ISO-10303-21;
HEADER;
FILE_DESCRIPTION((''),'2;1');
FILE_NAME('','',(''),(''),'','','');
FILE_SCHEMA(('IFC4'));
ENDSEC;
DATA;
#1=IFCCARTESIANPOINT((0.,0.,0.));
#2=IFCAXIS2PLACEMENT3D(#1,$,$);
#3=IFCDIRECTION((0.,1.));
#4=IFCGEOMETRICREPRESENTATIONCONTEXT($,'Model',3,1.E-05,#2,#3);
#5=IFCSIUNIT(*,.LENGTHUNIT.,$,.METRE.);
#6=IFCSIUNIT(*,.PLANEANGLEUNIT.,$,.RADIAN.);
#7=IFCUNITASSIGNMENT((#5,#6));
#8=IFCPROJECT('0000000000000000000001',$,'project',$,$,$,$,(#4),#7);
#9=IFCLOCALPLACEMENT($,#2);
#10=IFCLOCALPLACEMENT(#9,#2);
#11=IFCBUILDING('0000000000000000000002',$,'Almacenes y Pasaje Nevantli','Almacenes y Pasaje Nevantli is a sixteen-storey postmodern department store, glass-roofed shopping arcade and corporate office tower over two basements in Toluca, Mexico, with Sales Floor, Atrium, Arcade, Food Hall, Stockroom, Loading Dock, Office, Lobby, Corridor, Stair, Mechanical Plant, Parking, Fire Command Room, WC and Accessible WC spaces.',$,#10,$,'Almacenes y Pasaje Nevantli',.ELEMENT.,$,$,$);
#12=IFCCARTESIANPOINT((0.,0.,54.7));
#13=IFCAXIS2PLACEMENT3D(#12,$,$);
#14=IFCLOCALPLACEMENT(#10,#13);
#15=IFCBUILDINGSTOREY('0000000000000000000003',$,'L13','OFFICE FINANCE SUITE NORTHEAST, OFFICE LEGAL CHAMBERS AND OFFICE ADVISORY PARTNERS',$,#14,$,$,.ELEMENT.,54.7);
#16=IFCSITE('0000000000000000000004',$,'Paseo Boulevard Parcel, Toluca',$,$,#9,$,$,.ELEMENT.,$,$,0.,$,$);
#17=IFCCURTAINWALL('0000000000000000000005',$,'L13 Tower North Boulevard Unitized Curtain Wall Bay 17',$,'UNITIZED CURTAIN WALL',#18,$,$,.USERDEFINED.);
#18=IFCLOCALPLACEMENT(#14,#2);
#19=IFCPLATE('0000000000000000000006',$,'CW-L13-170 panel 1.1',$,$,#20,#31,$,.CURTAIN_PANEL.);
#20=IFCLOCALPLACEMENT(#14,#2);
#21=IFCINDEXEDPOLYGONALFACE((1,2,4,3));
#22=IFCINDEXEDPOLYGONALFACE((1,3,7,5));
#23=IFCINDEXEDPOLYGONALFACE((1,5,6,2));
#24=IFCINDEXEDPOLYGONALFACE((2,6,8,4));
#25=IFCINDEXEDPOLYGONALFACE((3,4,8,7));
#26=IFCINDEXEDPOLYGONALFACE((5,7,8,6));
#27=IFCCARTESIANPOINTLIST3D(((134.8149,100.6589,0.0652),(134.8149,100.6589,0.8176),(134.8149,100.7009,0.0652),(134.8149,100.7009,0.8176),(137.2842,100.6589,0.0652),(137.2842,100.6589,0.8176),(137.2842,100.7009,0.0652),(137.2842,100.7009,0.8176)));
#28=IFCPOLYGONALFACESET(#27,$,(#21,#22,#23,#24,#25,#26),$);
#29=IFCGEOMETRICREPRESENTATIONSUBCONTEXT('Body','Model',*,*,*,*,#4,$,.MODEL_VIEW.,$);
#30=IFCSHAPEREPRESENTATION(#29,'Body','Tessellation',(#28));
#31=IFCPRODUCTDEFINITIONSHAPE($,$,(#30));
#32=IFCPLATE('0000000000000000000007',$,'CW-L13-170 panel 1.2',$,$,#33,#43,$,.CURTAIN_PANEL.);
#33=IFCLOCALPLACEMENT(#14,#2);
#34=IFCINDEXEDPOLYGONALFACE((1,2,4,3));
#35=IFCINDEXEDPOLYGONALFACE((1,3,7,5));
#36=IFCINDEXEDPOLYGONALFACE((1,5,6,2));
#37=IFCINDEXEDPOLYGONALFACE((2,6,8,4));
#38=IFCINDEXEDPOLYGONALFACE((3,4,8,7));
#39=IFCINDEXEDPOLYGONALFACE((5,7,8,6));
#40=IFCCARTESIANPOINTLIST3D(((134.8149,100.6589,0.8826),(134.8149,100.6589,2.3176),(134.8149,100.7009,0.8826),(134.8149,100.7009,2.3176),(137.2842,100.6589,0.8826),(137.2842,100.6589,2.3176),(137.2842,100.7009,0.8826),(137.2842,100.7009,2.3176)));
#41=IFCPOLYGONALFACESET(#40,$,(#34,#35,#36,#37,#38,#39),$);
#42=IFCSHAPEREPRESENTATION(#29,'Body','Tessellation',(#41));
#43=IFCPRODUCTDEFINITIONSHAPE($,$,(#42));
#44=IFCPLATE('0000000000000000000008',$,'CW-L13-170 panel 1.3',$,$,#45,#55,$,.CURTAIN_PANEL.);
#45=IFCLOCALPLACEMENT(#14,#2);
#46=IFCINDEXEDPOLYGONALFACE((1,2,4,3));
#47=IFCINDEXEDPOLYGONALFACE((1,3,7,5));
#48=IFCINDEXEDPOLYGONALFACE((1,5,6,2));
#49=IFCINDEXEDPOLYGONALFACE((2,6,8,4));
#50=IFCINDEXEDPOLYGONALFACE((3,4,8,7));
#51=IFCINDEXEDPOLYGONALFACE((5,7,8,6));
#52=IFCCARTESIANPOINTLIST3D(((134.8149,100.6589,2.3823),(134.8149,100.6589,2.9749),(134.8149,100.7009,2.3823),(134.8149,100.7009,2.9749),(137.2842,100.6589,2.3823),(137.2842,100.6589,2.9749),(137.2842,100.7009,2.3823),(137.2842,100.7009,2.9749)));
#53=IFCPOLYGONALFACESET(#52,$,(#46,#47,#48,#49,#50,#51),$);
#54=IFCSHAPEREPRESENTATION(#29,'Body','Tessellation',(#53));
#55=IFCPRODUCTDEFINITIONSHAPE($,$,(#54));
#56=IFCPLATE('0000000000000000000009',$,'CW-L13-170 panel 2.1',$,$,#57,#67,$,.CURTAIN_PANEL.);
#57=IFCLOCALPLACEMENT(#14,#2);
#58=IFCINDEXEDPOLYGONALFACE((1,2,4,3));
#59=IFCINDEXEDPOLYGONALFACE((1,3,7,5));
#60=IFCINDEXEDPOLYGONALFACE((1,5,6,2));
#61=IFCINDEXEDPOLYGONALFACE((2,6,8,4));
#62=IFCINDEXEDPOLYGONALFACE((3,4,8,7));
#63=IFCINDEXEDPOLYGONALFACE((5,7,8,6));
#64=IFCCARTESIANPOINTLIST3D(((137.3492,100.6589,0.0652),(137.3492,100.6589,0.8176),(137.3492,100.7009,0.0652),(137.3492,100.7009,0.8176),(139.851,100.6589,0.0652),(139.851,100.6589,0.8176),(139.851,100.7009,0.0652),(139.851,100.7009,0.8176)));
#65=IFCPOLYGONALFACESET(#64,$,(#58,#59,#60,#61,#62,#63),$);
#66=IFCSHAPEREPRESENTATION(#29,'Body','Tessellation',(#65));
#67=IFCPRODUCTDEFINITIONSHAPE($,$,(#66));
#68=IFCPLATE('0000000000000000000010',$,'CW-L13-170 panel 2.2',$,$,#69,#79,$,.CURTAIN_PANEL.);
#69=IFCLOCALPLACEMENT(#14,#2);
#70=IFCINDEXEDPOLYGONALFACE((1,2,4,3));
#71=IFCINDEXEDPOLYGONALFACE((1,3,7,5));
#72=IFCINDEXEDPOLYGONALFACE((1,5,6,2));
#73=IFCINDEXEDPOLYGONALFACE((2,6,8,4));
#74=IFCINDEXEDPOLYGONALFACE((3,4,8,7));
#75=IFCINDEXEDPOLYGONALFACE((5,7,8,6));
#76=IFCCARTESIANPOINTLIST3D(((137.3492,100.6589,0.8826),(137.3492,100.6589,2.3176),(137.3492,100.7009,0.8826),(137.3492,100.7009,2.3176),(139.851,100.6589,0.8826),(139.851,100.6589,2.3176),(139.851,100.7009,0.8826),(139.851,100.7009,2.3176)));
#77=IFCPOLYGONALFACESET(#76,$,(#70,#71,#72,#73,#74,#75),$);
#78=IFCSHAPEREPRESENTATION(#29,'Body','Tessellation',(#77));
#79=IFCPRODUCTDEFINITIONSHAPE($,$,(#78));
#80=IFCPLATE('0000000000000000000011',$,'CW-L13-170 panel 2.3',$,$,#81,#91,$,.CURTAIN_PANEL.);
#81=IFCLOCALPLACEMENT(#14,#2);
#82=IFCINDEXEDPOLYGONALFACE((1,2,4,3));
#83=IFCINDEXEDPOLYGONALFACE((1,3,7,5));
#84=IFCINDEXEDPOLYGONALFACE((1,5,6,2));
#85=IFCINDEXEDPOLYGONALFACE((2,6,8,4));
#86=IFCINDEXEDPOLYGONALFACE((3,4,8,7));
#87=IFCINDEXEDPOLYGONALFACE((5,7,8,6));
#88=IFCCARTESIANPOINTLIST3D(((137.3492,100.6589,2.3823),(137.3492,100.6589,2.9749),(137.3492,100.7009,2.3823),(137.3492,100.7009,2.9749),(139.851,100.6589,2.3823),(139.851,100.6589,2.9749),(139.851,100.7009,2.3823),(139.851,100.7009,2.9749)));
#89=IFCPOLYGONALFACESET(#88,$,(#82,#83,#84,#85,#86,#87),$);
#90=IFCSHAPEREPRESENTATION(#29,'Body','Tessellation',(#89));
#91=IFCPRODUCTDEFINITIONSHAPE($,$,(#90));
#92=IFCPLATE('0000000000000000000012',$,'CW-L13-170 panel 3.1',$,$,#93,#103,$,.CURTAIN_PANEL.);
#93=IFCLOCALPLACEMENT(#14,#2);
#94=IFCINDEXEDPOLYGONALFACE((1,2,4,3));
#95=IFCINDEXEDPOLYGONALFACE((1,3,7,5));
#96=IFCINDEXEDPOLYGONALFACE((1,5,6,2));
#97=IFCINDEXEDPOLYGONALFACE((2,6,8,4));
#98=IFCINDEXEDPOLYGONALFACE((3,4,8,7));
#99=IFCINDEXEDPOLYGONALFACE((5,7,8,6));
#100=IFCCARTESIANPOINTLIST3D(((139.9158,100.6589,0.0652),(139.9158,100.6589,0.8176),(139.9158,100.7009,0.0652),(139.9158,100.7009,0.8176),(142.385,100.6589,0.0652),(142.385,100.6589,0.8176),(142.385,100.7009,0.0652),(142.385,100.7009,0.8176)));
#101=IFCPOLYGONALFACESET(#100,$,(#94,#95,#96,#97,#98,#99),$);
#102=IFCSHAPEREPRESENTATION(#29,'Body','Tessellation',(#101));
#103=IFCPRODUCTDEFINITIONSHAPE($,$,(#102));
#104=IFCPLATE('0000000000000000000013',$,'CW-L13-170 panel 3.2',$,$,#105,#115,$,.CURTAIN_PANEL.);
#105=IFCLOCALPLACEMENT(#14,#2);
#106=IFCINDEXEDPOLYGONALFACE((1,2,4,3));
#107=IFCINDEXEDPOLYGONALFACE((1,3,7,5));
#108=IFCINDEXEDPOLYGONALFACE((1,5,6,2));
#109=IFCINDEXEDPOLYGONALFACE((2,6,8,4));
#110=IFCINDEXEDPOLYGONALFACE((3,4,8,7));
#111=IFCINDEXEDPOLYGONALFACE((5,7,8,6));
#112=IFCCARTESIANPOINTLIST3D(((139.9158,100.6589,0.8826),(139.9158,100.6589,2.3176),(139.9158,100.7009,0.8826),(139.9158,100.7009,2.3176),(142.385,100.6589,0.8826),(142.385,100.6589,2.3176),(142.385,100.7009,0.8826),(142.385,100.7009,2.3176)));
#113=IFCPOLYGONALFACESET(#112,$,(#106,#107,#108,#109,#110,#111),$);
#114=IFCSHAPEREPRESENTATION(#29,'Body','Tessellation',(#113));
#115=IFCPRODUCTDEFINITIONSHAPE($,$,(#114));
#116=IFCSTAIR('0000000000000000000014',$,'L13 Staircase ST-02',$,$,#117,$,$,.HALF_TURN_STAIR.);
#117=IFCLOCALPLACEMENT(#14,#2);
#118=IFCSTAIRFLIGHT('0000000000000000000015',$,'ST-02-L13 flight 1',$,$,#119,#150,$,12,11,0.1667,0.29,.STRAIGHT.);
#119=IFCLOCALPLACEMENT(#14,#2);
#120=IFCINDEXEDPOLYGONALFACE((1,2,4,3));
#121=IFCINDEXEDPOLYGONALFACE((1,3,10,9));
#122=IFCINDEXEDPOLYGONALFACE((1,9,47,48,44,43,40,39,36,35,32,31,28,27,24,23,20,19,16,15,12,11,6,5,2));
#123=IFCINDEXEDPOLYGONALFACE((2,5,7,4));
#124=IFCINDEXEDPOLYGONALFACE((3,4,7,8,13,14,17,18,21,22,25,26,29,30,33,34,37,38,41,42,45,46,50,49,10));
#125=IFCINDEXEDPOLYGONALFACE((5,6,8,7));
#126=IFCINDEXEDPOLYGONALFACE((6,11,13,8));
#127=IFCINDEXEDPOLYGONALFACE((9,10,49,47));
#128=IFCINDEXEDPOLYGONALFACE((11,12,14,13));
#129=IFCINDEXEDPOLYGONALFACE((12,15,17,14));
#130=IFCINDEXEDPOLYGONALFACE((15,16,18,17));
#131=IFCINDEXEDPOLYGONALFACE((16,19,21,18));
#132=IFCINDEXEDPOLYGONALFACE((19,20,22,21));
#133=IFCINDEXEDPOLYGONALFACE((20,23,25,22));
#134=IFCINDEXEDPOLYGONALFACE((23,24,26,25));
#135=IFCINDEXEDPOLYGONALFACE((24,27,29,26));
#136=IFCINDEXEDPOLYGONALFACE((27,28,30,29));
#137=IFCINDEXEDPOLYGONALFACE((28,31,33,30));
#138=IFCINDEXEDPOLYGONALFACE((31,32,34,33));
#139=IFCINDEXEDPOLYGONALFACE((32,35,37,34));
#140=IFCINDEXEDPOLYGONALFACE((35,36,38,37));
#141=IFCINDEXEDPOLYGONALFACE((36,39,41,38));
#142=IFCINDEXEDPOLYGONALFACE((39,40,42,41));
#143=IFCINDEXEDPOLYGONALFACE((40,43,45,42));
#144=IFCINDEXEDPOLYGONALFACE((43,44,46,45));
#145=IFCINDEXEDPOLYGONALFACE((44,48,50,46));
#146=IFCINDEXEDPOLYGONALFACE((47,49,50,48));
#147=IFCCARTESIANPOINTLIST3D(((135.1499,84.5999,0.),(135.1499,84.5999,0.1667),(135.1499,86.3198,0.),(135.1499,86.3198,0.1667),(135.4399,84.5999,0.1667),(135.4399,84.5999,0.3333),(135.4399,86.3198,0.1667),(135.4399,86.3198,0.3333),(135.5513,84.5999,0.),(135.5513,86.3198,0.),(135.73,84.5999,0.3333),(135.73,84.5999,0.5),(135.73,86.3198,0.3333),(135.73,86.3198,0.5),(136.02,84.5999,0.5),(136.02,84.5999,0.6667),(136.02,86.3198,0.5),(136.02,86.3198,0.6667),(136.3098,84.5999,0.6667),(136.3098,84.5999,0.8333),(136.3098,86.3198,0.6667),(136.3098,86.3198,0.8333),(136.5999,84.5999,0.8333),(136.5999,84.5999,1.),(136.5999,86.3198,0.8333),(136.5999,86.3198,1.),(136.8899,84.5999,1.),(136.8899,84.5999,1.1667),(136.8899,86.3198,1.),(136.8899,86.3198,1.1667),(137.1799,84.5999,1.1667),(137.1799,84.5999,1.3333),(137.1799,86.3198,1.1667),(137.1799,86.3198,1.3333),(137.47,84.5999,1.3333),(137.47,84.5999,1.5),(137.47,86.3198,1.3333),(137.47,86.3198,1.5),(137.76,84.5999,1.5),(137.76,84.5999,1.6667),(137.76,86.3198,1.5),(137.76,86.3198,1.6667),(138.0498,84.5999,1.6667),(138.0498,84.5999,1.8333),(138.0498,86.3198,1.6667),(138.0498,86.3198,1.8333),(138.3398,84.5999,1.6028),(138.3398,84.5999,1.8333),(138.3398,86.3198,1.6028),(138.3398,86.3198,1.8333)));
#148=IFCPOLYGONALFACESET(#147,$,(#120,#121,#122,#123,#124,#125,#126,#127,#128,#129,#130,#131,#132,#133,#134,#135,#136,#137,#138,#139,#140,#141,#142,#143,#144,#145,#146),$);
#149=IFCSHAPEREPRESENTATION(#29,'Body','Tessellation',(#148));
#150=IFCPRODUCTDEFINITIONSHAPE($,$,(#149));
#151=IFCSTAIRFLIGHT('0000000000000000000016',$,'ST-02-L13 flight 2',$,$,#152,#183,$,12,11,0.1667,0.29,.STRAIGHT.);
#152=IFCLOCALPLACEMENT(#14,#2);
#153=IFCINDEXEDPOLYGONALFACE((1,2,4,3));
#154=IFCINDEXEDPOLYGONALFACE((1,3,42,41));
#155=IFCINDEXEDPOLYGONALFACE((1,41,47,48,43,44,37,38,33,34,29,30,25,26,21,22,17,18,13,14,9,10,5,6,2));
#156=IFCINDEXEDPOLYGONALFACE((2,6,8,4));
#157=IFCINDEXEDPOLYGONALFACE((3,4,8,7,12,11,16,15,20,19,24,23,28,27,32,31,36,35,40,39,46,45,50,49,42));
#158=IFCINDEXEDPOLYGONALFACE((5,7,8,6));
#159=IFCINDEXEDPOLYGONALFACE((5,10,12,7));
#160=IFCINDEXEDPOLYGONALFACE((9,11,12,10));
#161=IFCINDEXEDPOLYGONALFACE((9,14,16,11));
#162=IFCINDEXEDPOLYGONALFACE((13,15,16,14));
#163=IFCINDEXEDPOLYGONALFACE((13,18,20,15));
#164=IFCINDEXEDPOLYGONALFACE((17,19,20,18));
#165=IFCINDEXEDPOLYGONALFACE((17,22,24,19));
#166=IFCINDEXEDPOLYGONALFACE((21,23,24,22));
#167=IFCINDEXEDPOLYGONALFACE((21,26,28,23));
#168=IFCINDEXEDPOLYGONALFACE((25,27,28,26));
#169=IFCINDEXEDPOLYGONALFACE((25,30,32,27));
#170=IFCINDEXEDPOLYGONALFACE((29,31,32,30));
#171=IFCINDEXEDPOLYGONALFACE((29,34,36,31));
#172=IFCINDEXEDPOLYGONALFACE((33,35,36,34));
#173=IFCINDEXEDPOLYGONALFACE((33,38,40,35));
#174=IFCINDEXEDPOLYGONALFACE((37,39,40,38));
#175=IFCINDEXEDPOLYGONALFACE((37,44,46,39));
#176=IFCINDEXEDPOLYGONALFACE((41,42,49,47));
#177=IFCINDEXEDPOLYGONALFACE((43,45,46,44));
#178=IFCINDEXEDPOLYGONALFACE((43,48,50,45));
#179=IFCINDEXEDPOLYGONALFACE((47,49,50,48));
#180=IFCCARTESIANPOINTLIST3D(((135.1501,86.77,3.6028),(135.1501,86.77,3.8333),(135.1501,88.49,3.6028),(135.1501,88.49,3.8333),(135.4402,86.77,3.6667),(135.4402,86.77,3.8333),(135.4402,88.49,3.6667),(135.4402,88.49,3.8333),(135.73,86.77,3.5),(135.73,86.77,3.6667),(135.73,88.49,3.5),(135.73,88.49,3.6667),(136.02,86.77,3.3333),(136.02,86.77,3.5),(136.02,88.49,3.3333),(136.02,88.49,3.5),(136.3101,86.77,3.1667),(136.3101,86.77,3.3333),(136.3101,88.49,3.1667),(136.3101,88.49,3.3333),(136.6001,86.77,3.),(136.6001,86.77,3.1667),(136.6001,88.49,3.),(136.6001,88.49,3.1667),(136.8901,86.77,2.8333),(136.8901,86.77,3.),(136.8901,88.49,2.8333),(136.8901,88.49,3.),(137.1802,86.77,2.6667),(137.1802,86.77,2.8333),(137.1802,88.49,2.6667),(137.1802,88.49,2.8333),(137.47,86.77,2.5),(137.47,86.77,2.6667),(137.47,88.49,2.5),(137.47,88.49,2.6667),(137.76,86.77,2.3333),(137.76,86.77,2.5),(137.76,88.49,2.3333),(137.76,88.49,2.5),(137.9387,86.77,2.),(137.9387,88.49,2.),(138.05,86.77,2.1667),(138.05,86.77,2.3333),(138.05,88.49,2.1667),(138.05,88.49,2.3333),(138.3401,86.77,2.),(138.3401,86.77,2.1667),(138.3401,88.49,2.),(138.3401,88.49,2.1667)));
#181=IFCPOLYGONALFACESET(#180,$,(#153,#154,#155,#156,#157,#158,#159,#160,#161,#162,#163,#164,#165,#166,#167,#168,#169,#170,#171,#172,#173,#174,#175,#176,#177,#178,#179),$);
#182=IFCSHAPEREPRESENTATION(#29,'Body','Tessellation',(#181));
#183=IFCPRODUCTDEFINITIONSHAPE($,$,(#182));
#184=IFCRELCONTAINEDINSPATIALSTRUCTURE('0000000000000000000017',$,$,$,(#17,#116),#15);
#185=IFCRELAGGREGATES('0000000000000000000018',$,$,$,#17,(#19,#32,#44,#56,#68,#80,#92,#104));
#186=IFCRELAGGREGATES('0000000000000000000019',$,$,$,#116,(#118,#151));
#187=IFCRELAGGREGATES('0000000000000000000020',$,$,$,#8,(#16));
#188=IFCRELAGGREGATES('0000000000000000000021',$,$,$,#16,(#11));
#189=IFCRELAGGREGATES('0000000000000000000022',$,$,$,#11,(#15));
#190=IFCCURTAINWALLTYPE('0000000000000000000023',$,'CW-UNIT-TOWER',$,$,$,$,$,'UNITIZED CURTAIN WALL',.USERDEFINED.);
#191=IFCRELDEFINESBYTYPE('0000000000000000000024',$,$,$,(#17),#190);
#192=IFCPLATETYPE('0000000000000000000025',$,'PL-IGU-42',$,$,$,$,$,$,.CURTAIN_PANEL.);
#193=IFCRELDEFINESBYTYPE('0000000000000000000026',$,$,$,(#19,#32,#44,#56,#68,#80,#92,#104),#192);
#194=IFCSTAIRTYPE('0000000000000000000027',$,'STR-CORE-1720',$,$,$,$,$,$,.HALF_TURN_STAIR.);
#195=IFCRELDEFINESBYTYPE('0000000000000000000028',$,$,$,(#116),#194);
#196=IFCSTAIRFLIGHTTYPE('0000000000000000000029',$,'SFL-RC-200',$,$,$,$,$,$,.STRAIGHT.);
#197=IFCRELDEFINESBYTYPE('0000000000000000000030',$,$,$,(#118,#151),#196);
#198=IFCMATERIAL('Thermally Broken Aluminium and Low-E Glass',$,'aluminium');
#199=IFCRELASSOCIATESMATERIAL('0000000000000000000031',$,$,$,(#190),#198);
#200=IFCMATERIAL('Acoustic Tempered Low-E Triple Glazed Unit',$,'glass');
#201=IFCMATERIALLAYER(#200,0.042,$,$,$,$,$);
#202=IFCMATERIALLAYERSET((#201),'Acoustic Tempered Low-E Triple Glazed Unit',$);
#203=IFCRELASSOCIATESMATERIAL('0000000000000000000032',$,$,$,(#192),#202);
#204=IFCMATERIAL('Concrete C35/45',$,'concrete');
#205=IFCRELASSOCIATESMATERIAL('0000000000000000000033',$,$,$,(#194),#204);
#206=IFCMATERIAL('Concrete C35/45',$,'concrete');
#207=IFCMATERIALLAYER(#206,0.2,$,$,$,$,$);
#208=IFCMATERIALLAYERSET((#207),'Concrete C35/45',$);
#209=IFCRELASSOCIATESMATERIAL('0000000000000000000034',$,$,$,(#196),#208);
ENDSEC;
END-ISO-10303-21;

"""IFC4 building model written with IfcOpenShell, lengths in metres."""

from ifc_helpers import new_model, si_unit, direction, frame, origin, origin_2d, place, context, subcontext, project, spatial, polyline, rectangle, outline, extrude, material, layer, layer_set, type_object, element, aggregate, save


model = new_model("IFC4")

# Units and contexts
model_context = context("Model", 3, precision=1e-05, world=origin(), true_north=direction((0.0, 1.0)))
body_context = subcontext(model_context, "Body", "Model", "MODEL_VIEW")
ifc_project = project(units=[si_unit("LENGTHUNIT", "METRE"), si_unit("PLANEANGLEUNIT", "RADIAN")], contexts=[model_context])

# Site, building, storey
site_placement = place(None, origin())
site = spatial("IfcSite", under=ifc_project, at=site_placement, Name="Paseo Boulevard Parcel, Toluca", CompositionType="ELEMENT", RefElevation=0.0)
building_placement = place(site_placement, origin())
building = spatial("IfcBuilding", under=site, at=building_placement, Name="Almacenes y Pasaje Nevantli", Description="Almacenes y Pasaje Nevantli is a sixteen-storey postmodern department store, glass-roofed shopping arcade and corporate office tower over two basements in Toluca, Mexico, with Sales Floor, Atrium, Arcade, Food Hall, Stockroom, Loading Dock, Office, Lobby, Corridor, Stair, Mechanical Plant, Parking, Fire Command Room, WC and Accessible WC spaces.", LongName="Almacenes y Pasaje Nevantli", CompositionType="ELEMENT")
storey_placement = place(building_placement, frame((0.0, 0.0, 54.7)))
storey = spatial("IfcBuildingStorey", under=building, at=storey_placement, Name="L13", Description="OFFICE FINANCE SUITE NORTHEAST, OFFICE LEGAL CHAMBERS AND OFFICE ADVISORY PARTNERS", CompositionType="ELEMENT", Elevation=54.7)

# Curtain wall, plates
ifc_material_1 = material(Name="Thermally Broken Aluminium and Low-E Glass", Category="aluminium")
curtain_wall_type = type_object("IfcCurtainWallType", Name="CW-UNIT-TOWER", ElementType="UNITIZED CURTAIN WALL", PredefinedType="USERDEFINED", material=ifc_material_1)
curtain_wall_placement = place(storey_placement, origin())
curtain_wall = element("IfcCurtainWall", 1, at=curtain_wall_placement, inside=storey, type_object=curtain_wall_type, Name="L13 Tower North Boulevard Unitized Curtain Wall Bay 17", ObjectType="UNITIZED CURTAIN WALL", PredefinedType="USERDEFINED")
ifc_material_2 = material(Name="Acoustic Tempered Low-E Triple Glazed Unit", Category="glass")
ifc_layer_1 = layer(ifc_material_2, 0.042)
ifc_layer_set_1 = layer_set([ifc_layer_1], Name="Acoustic Tempered Low-E Triple Glazed Unit")
plate_type = type_object("IfcPlateType", Name="PL-IGU-42", PredefinedType="CURTAIN_PANEL", material=ifc_layer_set_1)
plate_1_placement = place(storey_placement, frame((136.0496, 100.6799, 0.0652), z_axis=(0.0, 0.0, 1.0), x_axis=(1.0, 0.0, 0.0)))
plate_1 = element("IfcPlate", 2, at=plate_1_placement, type_object=plate_type, Name="CW-L13-170 panel 1.1", PredefinedType="CURTAIN_PANEL", context=body_context, shape_type="SweptSolid", body=[
    extrude(rectangle(XDim=2.4692, YDim=0.042, at=origin_2d()), origin(), (0.0, 0.0, 1.0), 0.7524),
])
plate_2_placement = place(storey_placement, frame((136.0496, 100.6799, 0.8826), z_axis=(0.0, 0.0, 1.0), x_axis=(1.0, 0.0, 0.0)))
plate_2 = element("IfcPlate", 3, at=plate_2_placement, type_object=plate_type, Name="CW-L13-170 panel 1.2", PredefinedType="CURTAIN_PANEL", context=body_context, shape_type="SweptSolid", body=[
    extrude(rectangle(XDim=2.4692, YDim=0.042, at=origin_2d()), origin(), (0.0, 0.0, 1.0), 1.4351),
])
plate_3_placement = place(storey_placement, frame((136.0496, 100.6799, 2.3823), z_axis=(0.0, 0.0, 1.0), x_axis=(1.0, 0.0, 0.0)))
plate_3 = element("IfcPlate", 4, at=plate_3_placement, type_object=plate_type, Name="CW-L13-170 panel 1.3", PredefinedType="CURTAIN_PANEL", context=body_context, shape_type="SweptSolid", body=[
    extrude(rectangle(XDim=2.4692, YDim=0.042, at=origin_2d()), origin(), (0.0, 0.0, 1.0), 0.5925),
])
plate_4_placement = place(storey_placement, frame((138.6001, 100.6799, 0.0652), z_axis=(0.0, 0.0, 1.0), x_axis=(1.0, 0.0, 0.0)))
plate_4 = element("IfcPlate", 5, at=plate_4_placement, type_object=plate_type, Name="CW-L13-170 panel 2.1", PredefinedType="CURTAIN_PANEL", context=body_context, shape_type="SweptSolid", body=[
    extrude(rectangle(XDim=2.5017, YDim=0.042, at=origin_2d()), origin(), (0.0, 0.0, 1.0), 0.7524),
])
plate_5_placement = place(storey_placement, frame((138.6001, 100.6799, 0.8826), z_axis=(0.0, 0.0, 1.0), x_axis=(1.0, 0.0, 0.0)))
plate_5 = element("IfcPlate", 6, at=plate_5_placement, type_object=plate_type, Name="CW-L13-170 panel 2.2", PredefinedType="CURTAIN_PANEL", context=body_context, shape_type="SweptSolid", body=[
    extrude(rectangle(XDim=2.5017, YDim=0.042, at=origin_2d()), origin(), (0.0, 0.0, 1.0), 1.4351),
])
plate_6_placement = place(storey_placement, frame((138.6001, 100.6799, 2.3823), z_axis=(0.0, 0.0, 1.0), x_axis=(1.0, 0.0, 0.0)))
plate_6 = element("IfcPlate", 7, at=plate_6_placement, type_object=plate_type, Name="CW-L13-170 panel 2.3", PredefinedType="CURTAIN_PANEL", context=body_context, shape_type="SweptSolid", body=[
    extrude(rectangle(XDim=2.5017, YDim=0.042, at=origin_2d()), origin(), (0.0, 0.0, 1.0), 0.5925),
])
plate_7_placement = place(storey_placement, frame((141.1504, 100.6799, 0.0652), z_axis=(0.0, 0.0, 1.0), x_axis=(1.0, 0.0, 0.0)))
plate_7 = element("IfcPlate", 8, at=plate_7_placement, type_object=plate_type, Name="CW-L13-170 panel 3.1", PredefinedType="CURTAIN_PANEL", context=body_context, shape_type="SweptSolid", body=[
    extrude(rectangle(XDim=2.4692, YDim=0.042, at=origin_2d()), origin(), (0.0, 0.0, 1.0), 0.7524),
])
plate_8_placement = place(storey_placement, frame((141.1504, 100.6799, 0.8826), z_axis=(0.0, 0.0, 1.0), x_axis=(1.0, 0.0, 0.0)))
plate_8 = element("IfcPlate", 9, at=plate_8_placement, type_object=plate_type, Name="CW-L13-170 panel 3.2", PredefinedType="CURTAIN_PANEL", context=body_context, shape_type="SweptSolid", body=[
    extrude(rectangle(XDim=2.4692, YDim=0.042, at=origin_2d()), origin(), (0.0, 0.0, 1.0), 1.4351),
])
aggregate(curtain_wall, [plate_1, plate_2, plate_3, plate_4, plate_5, plate_6, plate_7, plate_8])

# Stair, stair flights
ifc_material_3 = material(Name="Concrete C35/45", Category="concrete")
stair_type = type_object("IfcStairType", Name="STR-CORE-1720", PredefinedType="HALF_TURN_STAIR", material=ifc_material_3)
stair_placement = place(storey_placement, origin())
stair = element("IfcStair", 10, at=stair_placement, inside=storey, type_object=stair_type, Name="L13 Staircase ST-02", PredefinedType="HALF_TURN_STAIR")
ifc_material_4 = material(Name="Concrete C35/45", Category="concrete")
ifc_layer_2 = layer(ifc_material_4, 0.2)
ifc_layer_set_2 = layer_set([ifc_layer_2], Name="Concrete C35/45")
stair_flight_type = type_object("IfcStairFlightType", Name="SFL-RC-200", PredefinedType="STRAIGHT", material=ifc_layer_set_2)
stair_flight_1_placement = place(storey_placement, frame((135.1499, 85.46, 0.0), z_axis=(0.0, 0.0, 1.0), x_axis=(1.0, 0.0, 0.0)))
stair_flight_1 = element("IfcStairFlight", 11, at=stair_flight_1_placement, type_object=stair_flight_type, Name="ST-02-L13 flight 1", NumberOfRisers=12, NumberOfTreads=11, PredefinedType="STRAIGHT", RiserHeight=0.1667, TreadLength=0.29, context=body_context, shape_type="SweptSolid", body=[
    extrude(outline(polyline([(0.0, 0.0), (0.0, 0.1667), (0.29, 0.1667), (0.29, 0.3333), (0.5801, 0.3333), (0.5801, 0.5), (0.8701, 0.5), (0.8701, 0.6667), (1.1599, 0.6667), (1.1599, 0.8333), (1.45, 0.8333), (1.45, 1.0), (1.74, 1.0), (1.74, 1.1667), (2.03, 1.1667), (2.03, 1.3333), (2.3201, 1.3333), (2.3201, 1.5), (2.6101, 1.5), (2.6101, 1.6667), (2.8999, 1.6667), (2.8999, 1.8333), (3.1899, 1.8333), (3.1899, 2.0), (3.1899, 1.6028), (0.4014, 0.0), (0.0, 0.0)])), frame((0.0, 0.8599, 0.0), z_axis=(0.0, -1.0, 0.0), x_axis=(1.0, 0.0, 0.0)), (0.0, 0.0, 1.0), 1.72),
])
stair_flight_2_placement = place(storey_placement, frame((138.3401, 87.6299, 2.0), z_axis=(0.0, 0.0, 1.0), x_axis=(-1.0, 0.0, 0.0)))
stair_flight_2 = element("IfcStairFlight", 12, at=stair_flight_2_placement, type_object=stair_flight_type, Name="ST-02-L13 flight 2", NumberOfRisers=12, NumberOfTreads=11, PredefinedType="STRAIGHT", RiserHeight=0.1667, TreadLength=0.29, context=body_context, shape_type="SweptSolid", body=[
    extrude(outline(polyline([(0.0, 0.0), (0.0, 0.1667), (0.29, 0.1667), (0.29, 0.3333), (0.5801, 0.3333), (0.5801, 0.5), (0.8701, 0.5), (0.8701, 0.6667), (1.1599, 0.6667), (1.1599, 0.8333), (1.45, 0.8333), (1.45, 1.0), (1.74, 1.0), (1.74, 1.1667), (2.03, 1.1667), (2.03, 1.3333), (2.3201, 1.3333), (2.3201, 1.5), (2.6101, 1.5), (2.6101, 1.6667), (2.8999, 1.6667), (2.8999, 1.8333), (3.1899, 1.8333), (3.1899, 2.0), (3.1899, 1.6028), (0.4014, 0.0), (0.0, 0.0)])), frame((0.0, 0.8599, 0.0), z_axis=(0.0, -1.0, 0.0), x_axis=(1.0, 0.0, 0.0)), (0.0, 0.0, 1.0), 1.72),
])
aggregate(stair, [stair_flight_1, stair_flight_2])

save(model, "model.ifc")
